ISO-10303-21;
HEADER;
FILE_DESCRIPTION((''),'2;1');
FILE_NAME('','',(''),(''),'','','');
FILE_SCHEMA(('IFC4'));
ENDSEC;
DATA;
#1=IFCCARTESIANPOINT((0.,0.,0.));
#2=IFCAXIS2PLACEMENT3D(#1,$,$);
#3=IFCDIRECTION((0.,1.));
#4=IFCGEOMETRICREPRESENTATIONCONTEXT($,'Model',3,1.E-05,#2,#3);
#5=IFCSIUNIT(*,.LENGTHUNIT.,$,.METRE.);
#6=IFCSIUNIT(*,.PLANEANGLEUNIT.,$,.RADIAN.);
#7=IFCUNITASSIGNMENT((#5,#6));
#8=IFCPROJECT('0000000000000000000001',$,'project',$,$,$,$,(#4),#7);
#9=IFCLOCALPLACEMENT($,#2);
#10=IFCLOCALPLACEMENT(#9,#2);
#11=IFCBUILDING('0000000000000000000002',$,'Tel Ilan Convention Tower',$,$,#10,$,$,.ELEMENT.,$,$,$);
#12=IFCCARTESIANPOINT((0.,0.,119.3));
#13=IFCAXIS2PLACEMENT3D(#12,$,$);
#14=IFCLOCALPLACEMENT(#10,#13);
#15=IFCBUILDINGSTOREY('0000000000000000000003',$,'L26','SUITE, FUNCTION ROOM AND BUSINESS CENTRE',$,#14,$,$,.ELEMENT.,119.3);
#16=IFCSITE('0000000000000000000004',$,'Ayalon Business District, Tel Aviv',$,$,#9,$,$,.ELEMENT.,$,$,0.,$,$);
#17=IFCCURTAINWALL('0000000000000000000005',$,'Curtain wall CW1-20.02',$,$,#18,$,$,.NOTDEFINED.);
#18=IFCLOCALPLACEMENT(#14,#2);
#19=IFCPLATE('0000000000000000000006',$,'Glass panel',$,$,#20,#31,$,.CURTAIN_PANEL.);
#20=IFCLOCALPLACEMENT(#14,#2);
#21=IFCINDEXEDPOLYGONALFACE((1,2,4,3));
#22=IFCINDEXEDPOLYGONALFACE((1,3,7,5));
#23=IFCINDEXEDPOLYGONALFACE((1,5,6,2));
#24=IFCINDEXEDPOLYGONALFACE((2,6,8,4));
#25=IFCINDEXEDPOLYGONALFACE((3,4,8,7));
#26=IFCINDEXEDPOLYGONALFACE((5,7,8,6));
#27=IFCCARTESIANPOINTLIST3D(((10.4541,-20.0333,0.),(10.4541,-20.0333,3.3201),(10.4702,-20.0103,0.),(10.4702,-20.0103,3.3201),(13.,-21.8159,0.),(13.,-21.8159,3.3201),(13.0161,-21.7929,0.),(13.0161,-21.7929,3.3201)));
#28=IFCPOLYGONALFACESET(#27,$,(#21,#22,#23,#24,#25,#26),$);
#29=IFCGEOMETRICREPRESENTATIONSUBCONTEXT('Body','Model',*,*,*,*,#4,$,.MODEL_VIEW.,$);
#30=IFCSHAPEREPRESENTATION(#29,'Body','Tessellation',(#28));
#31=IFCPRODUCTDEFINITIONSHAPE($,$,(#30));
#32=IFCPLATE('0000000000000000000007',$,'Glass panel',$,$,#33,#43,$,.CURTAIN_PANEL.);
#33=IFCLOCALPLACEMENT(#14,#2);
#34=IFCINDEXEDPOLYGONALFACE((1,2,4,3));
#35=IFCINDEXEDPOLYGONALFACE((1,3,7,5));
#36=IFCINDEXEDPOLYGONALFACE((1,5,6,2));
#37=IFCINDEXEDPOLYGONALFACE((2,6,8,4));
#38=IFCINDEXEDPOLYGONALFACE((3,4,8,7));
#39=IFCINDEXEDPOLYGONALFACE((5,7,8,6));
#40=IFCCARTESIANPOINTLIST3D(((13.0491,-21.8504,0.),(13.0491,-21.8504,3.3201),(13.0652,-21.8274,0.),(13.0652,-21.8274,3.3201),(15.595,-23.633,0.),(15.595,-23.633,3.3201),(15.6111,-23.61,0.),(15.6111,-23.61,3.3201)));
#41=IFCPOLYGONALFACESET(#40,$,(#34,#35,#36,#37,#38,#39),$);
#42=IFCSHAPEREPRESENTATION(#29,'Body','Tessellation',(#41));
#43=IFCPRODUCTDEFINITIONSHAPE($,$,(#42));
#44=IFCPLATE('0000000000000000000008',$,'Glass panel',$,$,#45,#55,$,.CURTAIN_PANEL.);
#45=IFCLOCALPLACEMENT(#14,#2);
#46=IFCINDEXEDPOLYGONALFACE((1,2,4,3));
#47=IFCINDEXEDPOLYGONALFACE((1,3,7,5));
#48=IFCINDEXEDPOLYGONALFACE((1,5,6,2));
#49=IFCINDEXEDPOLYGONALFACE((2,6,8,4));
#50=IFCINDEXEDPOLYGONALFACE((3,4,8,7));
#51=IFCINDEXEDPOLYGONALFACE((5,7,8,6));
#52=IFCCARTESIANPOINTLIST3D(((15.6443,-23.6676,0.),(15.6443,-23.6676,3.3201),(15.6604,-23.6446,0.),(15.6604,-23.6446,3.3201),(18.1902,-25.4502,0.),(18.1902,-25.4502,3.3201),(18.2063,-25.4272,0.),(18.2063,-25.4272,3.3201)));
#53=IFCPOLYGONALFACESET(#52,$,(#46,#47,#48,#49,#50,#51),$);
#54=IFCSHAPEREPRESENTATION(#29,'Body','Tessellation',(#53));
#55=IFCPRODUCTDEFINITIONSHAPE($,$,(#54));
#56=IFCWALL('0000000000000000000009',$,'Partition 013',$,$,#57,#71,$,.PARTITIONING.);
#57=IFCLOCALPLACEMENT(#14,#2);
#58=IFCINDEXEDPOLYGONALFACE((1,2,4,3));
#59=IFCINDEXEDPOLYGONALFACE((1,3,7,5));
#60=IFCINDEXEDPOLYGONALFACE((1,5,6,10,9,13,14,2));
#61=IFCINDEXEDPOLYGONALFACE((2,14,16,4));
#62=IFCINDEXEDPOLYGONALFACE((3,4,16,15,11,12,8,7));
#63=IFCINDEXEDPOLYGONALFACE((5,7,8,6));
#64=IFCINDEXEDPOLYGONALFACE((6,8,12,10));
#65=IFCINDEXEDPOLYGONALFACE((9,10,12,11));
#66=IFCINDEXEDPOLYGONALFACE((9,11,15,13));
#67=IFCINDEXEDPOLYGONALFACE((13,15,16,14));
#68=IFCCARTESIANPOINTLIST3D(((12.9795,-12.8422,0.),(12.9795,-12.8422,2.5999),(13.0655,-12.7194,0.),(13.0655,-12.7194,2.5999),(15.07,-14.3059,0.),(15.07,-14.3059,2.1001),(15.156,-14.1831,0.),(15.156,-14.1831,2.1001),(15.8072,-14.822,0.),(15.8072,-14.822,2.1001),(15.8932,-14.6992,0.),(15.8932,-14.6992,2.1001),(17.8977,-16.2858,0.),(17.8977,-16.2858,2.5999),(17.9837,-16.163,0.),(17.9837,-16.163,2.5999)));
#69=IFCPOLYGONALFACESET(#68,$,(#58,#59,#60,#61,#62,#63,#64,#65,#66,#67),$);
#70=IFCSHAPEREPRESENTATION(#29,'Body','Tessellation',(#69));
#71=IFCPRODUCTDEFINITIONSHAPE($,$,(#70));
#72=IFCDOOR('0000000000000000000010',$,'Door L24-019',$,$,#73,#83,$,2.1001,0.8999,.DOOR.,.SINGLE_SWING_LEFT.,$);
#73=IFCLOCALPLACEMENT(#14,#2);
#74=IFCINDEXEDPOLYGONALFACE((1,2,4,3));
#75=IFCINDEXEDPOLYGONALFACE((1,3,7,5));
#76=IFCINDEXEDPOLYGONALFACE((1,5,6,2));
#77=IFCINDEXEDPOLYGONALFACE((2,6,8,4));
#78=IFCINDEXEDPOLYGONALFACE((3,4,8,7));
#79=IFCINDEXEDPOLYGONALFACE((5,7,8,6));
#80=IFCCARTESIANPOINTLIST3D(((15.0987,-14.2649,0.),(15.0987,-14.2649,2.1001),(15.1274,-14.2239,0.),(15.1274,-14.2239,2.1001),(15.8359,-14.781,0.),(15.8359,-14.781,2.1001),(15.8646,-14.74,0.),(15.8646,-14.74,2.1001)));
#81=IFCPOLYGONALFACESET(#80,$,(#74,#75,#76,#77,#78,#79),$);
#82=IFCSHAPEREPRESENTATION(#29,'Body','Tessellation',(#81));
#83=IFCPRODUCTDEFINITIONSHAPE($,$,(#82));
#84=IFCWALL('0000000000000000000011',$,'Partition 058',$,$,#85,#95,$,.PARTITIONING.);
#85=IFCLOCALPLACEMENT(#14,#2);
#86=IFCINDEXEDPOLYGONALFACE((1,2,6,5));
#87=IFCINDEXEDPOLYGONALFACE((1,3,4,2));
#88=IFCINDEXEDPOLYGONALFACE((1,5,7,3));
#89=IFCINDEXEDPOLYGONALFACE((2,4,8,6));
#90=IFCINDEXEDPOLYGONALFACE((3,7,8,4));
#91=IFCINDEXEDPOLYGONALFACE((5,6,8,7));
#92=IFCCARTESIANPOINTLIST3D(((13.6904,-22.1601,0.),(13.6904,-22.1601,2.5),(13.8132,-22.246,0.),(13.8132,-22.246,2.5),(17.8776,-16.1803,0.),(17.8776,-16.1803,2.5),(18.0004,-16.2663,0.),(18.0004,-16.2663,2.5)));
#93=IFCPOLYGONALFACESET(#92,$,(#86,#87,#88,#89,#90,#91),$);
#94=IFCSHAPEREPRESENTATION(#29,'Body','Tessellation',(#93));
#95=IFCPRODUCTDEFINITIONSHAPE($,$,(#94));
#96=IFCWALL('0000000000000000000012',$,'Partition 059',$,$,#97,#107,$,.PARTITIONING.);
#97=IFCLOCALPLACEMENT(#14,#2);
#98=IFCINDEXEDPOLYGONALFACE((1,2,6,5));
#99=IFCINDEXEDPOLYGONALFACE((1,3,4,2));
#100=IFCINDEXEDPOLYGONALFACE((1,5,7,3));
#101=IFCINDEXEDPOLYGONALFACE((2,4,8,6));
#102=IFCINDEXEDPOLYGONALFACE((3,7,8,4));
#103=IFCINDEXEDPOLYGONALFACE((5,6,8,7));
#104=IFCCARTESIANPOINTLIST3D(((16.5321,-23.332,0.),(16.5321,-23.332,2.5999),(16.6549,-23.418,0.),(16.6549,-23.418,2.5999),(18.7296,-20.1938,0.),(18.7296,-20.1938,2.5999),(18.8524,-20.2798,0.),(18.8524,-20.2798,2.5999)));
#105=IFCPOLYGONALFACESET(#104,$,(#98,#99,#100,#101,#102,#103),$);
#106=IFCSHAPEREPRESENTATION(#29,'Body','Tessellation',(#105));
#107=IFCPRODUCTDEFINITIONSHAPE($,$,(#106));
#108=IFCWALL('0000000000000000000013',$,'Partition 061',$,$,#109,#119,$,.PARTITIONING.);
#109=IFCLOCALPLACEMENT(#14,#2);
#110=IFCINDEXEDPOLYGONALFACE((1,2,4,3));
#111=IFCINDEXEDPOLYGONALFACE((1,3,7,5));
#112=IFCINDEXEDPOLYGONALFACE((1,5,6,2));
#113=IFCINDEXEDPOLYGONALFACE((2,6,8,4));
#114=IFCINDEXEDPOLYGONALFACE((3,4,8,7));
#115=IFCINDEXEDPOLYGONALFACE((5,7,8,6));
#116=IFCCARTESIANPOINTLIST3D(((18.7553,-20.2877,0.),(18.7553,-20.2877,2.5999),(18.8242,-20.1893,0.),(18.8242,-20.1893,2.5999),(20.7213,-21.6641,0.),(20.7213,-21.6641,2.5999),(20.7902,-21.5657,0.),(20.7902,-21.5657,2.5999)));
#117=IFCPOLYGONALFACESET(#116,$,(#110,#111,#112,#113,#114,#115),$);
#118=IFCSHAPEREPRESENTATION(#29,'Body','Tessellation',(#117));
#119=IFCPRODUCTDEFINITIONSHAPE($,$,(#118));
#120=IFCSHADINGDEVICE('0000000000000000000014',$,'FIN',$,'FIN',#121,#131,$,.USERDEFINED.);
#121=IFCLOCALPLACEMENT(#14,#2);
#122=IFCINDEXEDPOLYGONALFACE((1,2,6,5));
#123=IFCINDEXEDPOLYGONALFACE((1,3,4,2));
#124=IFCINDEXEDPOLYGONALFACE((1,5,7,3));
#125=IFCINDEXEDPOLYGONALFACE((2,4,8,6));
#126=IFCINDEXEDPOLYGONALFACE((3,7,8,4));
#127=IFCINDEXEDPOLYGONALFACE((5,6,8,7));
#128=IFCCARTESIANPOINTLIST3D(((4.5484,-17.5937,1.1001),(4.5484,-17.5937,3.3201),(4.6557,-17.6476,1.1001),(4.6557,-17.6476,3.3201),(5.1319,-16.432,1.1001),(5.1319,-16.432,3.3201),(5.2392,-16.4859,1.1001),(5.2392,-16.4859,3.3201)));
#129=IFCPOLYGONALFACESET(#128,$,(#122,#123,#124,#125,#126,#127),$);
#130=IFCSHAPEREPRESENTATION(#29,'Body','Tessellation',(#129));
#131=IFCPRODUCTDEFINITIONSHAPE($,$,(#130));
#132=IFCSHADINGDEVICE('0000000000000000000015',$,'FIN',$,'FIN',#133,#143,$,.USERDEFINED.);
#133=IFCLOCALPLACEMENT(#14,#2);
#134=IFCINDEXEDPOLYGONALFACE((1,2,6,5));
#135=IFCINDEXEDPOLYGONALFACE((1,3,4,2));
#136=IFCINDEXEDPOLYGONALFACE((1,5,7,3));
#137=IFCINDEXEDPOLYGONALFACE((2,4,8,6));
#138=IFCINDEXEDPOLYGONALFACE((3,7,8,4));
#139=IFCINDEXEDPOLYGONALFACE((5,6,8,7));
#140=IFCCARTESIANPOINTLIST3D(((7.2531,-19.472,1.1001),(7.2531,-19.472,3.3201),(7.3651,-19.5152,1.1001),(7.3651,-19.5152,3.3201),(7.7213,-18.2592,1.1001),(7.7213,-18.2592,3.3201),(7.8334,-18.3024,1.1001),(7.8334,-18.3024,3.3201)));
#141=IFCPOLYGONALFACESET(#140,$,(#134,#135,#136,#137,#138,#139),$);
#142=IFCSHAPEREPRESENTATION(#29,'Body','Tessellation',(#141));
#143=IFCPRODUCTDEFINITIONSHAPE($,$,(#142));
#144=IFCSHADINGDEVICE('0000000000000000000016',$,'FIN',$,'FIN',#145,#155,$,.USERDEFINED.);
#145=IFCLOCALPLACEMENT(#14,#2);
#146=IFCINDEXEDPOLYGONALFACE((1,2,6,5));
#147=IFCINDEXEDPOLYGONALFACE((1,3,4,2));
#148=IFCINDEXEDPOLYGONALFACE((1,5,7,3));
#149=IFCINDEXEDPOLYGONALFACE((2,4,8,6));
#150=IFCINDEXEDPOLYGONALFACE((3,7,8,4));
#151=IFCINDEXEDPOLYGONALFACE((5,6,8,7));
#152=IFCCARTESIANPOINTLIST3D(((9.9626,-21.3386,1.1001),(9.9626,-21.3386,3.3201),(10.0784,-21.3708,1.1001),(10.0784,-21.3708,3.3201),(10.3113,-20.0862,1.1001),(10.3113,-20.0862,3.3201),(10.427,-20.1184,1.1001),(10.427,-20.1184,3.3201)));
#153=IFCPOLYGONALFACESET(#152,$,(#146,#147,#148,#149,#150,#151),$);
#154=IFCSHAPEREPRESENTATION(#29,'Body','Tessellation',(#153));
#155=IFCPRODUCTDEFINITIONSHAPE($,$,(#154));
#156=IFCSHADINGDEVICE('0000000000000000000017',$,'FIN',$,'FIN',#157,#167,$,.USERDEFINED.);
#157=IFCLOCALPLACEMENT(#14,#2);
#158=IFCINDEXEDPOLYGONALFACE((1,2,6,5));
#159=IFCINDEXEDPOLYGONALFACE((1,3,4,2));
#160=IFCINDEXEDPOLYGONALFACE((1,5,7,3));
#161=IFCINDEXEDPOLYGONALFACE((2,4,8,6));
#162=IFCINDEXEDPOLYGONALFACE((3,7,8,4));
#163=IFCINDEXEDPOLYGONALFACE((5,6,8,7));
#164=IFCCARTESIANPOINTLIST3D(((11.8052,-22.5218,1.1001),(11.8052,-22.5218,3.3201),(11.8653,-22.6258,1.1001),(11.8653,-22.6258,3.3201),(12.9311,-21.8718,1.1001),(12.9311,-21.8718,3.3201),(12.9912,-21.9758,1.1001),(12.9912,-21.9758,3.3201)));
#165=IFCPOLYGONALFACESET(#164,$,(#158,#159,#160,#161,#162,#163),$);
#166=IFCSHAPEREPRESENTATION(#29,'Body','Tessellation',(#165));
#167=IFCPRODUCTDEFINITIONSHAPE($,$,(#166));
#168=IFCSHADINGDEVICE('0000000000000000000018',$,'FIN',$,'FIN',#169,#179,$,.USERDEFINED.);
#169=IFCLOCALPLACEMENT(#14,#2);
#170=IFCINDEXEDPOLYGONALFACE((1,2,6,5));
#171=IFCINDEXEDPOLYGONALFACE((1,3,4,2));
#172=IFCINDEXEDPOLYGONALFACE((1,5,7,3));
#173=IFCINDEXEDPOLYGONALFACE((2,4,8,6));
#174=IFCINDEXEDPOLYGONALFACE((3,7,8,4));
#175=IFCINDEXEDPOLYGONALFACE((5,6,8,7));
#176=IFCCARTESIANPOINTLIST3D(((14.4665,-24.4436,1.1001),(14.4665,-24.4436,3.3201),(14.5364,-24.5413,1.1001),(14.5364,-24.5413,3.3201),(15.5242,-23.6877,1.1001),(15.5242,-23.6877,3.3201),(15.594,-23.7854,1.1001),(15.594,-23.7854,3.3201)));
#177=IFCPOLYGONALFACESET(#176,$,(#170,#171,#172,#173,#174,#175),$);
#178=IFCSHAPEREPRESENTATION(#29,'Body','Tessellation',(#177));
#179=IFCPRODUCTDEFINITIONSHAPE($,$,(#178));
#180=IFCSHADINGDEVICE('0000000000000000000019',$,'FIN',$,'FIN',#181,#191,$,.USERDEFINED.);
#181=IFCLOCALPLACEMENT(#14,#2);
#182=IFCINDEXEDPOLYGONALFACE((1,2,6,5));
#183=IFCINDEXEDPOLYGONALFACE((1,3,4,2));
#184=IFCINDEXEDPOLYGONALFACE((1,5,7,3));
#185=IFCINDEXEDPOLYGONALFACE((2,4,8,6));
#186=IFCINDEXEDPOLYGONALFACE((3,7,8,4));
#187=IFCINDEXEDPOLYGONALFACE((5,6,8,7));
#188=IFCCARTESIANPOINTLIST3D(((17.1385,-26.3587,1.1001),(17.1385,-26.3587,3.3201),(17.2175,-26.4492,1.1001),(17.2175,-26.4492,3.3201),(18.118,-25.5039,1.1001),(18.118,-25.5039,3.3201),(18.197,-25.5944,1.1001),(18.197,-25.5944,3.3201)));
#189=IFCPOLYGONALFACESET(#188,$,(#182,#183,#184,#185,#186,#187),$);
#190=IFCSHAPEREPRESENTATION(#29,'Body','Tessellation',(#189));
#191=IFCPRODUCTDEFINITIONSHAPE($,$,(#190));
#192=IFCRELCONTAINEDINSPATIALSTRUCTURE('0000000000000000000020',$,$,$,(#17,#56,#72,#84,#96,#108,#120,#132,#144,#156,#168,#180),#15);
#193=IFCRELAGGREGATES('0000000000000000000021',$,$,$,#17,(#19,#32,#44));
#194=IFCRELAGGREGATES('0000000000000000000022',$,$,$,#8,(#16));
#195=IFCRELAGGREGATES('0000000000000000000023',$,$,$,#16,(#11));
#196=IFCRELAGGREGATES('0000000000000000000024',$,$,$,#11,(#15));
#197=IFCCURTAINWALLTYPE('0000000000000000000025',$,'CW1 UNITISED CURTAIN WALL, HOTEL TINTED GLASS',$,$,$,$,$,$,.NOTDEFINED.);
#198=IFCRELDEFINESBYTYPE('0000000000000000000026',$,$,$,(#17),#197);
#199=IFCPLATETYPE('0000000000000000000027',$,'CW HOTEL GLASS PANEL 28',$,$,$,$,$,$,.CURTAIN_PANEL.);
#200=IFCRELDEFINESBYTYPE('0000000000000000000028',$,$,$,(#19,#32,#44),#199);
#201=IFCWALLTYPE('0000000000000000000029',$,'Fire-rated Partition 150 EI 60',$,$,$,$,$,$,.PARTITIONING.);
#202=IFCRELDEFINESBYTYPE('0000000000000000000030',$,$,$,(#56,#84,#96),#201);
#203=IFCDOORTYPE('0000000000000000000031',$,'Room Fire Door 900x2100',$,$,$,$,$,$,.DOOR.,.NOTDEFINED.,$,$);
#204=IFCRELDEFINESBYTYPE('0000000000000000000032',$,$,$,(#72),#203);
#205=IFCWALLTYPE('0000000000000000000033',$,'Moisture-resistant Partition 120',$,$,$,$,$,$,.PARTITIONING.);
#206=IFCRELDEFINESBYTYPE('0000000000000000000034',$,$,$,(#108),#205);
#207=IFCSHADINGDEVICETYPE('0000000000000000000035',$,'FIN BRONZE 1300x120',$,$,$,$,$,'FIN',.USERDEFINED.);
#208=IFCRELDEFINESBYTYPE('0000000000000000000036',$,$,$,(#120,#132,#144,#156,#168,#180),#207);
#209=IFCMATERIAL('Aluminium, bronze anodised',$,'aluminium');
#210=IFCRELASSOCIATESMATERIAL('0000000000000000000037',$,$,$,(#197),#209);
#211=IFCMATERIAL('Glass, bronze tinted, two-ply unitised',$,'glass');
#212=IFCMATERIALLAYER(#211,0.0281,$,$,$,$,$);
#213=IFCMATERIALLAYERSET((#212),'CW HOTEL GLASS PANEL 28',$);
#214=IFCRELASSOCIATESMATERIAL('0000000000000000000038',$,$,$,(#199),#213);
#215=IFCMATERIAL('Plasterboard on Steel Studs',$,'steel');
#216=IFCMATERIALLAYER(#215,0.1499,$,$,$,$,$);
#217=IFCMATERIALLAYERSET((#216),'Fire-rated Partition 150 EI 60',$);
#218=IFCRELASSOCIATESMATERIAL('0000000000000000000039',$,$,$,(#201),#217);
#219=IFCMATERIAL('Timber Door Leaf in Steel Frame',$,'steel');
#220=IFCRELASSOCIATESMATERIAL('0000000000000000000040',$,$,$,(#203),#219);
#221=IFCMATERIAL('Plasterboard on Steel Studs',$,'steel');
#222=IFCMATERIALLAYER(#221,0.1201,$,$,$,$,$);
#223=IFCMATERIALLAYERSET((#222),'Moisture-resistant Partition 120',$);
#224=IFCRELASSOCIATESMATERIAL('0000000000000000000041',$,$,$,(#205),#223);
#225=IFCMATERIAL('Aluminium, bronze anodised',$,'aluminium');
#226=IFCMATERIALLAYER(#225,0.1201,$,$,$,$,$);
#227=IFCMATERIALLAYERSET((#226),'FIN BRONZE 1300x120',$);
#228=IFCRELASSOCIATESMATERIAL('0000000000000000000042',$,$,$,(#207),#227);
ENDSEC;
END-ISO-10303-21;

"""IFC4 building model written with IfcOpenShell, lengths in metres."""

from ifc_helpers import new_model, si_unit, direction, frame, frame_2d, origin, origin_2d, place, context, subcontext, project, spatial, rectangle, extrude, material, layer, layer_set, type_object, element, fill, aggregate, save


model = new_model("IFC4")

# Units and contexts
model_context = context("Model", 3, precision=1e-05, world=origin(), true_north=direction((0.0, 1.0)))
body_context = subcontext(model_context, "Body", "Model", "MODEL_VIEW")
ifc_project = project(units=[si_unit("LENGTHUNIT", "METRE"), si_unit("PLANEANGLEUNIT", "RADIAN")], contexts=[model_context])

# Site, building, storey
site_placement = place(None, origin())
site = spatial("IfcSite", under=ifc_project, at=site_placement, Name="Ayalon Business District, Tel Aviv", CompositionType="ELEMENT", RefElevation=0.0)
building_placement = place(site_placement, origin())
building = spatial("IfcBuilding", under=site, at=building_placement, Name="Tel Ilan Convention Tower", CompositionType="ELEMENT")
storey_placement = place(building_placement, frame((0.0, 0.0, 119.3)))
storey = spatial("IfcBuildingStorey", under=building, at=storey_placement, Name="L26", Description="SUITE, FUNCTION ROOM AND BUSINESS CENTRE", CompositionType="ELEMENT", Elevation=119.3)

# Curtain wall, plates
ifc_material_1 = material(Name="Aluminium, bronze anodised", Category="aluminium")
curtain_wall_type = type_object("IfcCurtainWallType", Name="CW1 UNITISED CURTAIN WALL, HOTEL TINTED GLASS", PredefinedType="NOTDEFINED", material=ifc_material_1)
curtain_wall_placement = place(storey_placement, origin())
curtain_wall = element("IfcCurtainWall", 1, at=curtain_wall_placement, inside=storey, type_object=curtain_wall_type, Name="Curtain wall CW1-20.02", PredefinedType="NOTDEFINED")
ifc_material_2 = material(Name="Glass, bronze tinted, two-ply unitised", Category="glass")
ifc_layer_1 = layer(ifc_material_2, 0.0281)
ifc_layer_set_1 = layer_set([ifc_layer_1], Name="CW HOTEL GLASS PANEL 28")
plate_type = type_object("IfcPlateType", Name="CW HOTEL GLASS PANEL 28", PredefinedType="CURTAIN_PANEL", material=ifc_layer_set_1)
plate_1_placement = place(storey_placement, frame((11.7351, -20.9131, 0.0), z_axis=(0.0, 0.0, 1.0), x_axis=(0.819152, -0.573576, 0.0)))
plate_1 = element("IfcPlate", 2, at=plate_1_placement, type_object=plate_type, Name="Glass panel", PredefinedType="CURTAIN_PANEL", context=body_context, shape_type="SweptSolid", body=[
    extrude(rectangle(XDim=3.1079, YDim=0.0281, at=origin_2d()), origin(), (0.0, 0.0, 1.0), 3.3201),
])
plate_2_placement = place(storey_placement, frame((14.3301, -22.7302, 0.0), z_axis=(0.0, 0.0, 1.0), x_axis=(0.819152, -0.573576, 0.0)))
plate_2 = element("IfcPlate", 3, at=plate_2_placement, type_object=plate_type, Name="Glass panel", PredefinedType="CURTAIN_PANEL", context=body_context, shape_type="SweptSolid", body=[
    extrude(rectangle(XDim=3.1079, YDim=0.0281, at=origin_2d()), origin(), (0.0, 0.0, 1.0), 3.3201),
])
plate_3_placement = place(storey_placement, frame((16.9253, -24.5474, 0.0), z_axis=(0.0, 0.0, 1.0), x_axis=(0.819152, -0.573576, 0.0)))
plate_3 = element("IfcPlate", 4, at=plate_3_placement, type_object=plate_type, Name="Glass panel", PredefinedType="CURTAIN_PANEL", context=body_context, shape_type="SweptSolid", body=[
    extrude(rectangle(XDim=3.1079, YDim=0.0281, at=origin_2d()), origin(), (0.0, 0.0, 1.0), 3.3201),
])
aggregate(curtain_wall, [plate_1, plate_2, plate_3])

# Wall, opening, door
ifc_material_3 = material(Name="Plasterboard on Steel Studs", Category="steel")
ifc_layer_2 = layer(ifc_material_3, 0.1499)
ifc_layer_set_2 = layer_set([ifc_layer_2], Name="Fire-rated Partition 150 EI 60")
wall_type_1 = type_object("IfcWallType", Name="Fire-rated Partition 150 EI 60", PredefinedType="PARTITIONING", material=ifc_layer_set_2)
wall_1_placement = place(storey_placement, frame((17.9407, -16.2244, 0.0), z_axis=(0.0, 0.0, 1.0), x_axis=(-0.819165, 0.573558, 0.0)))
wall_1 = element("IfcWall", 5, at=wall_1_placement, inside=storey, type_object=wall_type_1, Name="Partition 013", PredefinedType="PARTITIONING", context=body_context, shape_type="SweptSolid", body=[
    extrude(rectangle(XDim=6.0039, YDim=0.1499, at=frame_2d((3.002, 0.0))), origin(), (0.0, 0.0, 1.0), 2.5999),
])
opening_placement = place(wall_1_placement, frame((2.552, 0.0, 0.0)))
opening = element("IfcOpeningElement", 6, at=opening_placement, cuts=wall_1, PredefinedType="OPENING", context=body_context, shape_type="SweptSolid", body=[
    extrude(rectangle(XDim=0.8999, YDim=2.1001, at=frame_2d((0.45, 1.05))), frame((0.0, 0.085, 0.0), z_axis=(0.0, -1.0, 0.0), x_axis=(1.0, 0.0, 0.0)), (0.0, 0.0, 1.0), 0.1699),
])
ifc_material_4 = material(Name="Timber Door Leaf in Steel Frame", Category="steel")
door_type = type_object("IfcDoorType", Name="Room Fire Door 900x2100", OperationType="NOTDEFINED", PredefinedType="DOOR", material=ifc_material_4)
door_placement = place(opening_placement, origin())
door = element("IfcDoor", 7, at=door_placement, inside=storey, type_object=door_type, Name="Door L24-019", OperationType="SINGLE_SWING_LEFT", OverallHeight=2.1001, OverallWidth=0.8999, PredefinedType="DOOR", context=body_context, shape_type="SweptSolid", body=[
    extrude(rectangle(XDim=0.8999, YDim=2.1001, at=frame_2d((0.45, 1.05))), frame((0.0, 0.0249, 0.0), z_axis=(0.0, -1.0, 0.0), x_axis=(1.0, 0.0, 0.0)), (0.0, 0.0, 1.0), 0.05),
])
fill(opening, door)

# Walls
wall_2_placement = place(storey_placement, frame((17.939, -16.2234, 0.0), z_axis=(0.0, 0.0, 1.0), x_axis=(-0.573595, -0.819139, 0.0)))
element("IfcWall", 8, at=wall_2_placement, inside=storey, type_object=wall_type_1, Name="Partition 058", PredefinedType="PARTITIONING", context=body_context, shape_type="SweptSolid", body=[
    extrude(rectangle(XDim=7.3, YDim=0.1499, at=frame_2d((3.6499, 0.0))), origin(), (0.0, 0.0, 1.0), 2.5),
])
wall_3_placement = place(storey_placement, frame((18.791, -20.2368, 0.0), z_axis=(0.0, 0.0, 1.0), x_axis=(-0.573599, -0.819136, 0.0)))
element("IfcWall", 9, at=wall_3_placement, inside=storey, type_object=wall_type_1, Name="Partition 059", PredefinedType="PARTITIONING", context=body_context, shape_type="SweptSolid", body=[
    extrude(rectangle(XDim=3.8311, YDim=0.1499, at=frame_2d((1.9155, 0.0))), origin(), (0.0, 0.0, 1.0), 2.5999),
])
ifc_material_5 = material(Name="Plasterboard on Steel Studs", Category="steel")
ifc_layer_3 = layer(ifc_material_5, 0.1201)
ifc_layer_set_3 = layer_set([ifc_layer_3], Name="Moisture-resistant Partition 120")
wall_type_2 = type_object("IfcWallType", Name="Moisture-resistant Partition 120", PredefinedType="PARTITIONING", material=ifc_layer_set_3)
wall_4_placement = place(storey_placement, frame((18.7898, -20.2385, 0.0), z_axis=(0.0, 0.0, 1.0), x_axis=(0.819189, -0.573524, 0.0)))
element("IfcWall", 10, at=wall_4_placement, inside=storey, type_object=wall_type_2, Name="Partition 061", PredefinedType="PARTITIONING", context=body_context, shape_type="SweptSolid", body=[
    extrude(rectangle(XDim=2.3999, YDim=0.1201, at=frame_2d((1.2, 0.0))), origin(), (0.0, 0.0, 1.0), 2.5999),
])

# Shading devices
ifc_material_6 = material(Name="Aluminium, bronze anodised", Category="aluminium")
ifc_layer_4 = layer(ifc_material_6, 0.1201)
ifc_layer_set_4 = layer_set([ifc_layer_4], Name="FIN BRONZE 1300x120")
shading_device_type = type_object("IfcShadingDeviceType", Name="FIN BRONZE 1300x120", ElementType="FIN", PredefinedType="USERDEFINED", material=ifc_layer_set_4)
for number, where, z_axis, x_axis, name in (
    (11, (4.8938, -17.0398, 1.1001), (0.0, 0.0, 1.0), (-0.448799, -0.893633, 0.0), "FIN"),
    (12, (7.5432, -18.8872, 1.1001), (0.0, 0.0, 1.0), (-0.360178, -0.932884, 0.0), "FIN"),
    (13, (10.1948, -20.7285, 1.1001), (0.0, 0.0, 1.0), (-0.268173, -0.963371, 0.0), "FIN"),
    (14, (12.3982, -22.2488, 1.1001), (0.0, 0.0, 1.0), (-0.866025, -0.5, 0.0), "FIN"),
    (15, (15.0303, -24.1145, 1.1001), (0.0, 0.0, 1.0), (-0.813552, -0.581492, 0.0), "FIN"),
    (16, (17.6677, -25.9766, 1.1001), (0.0, 0.0, 1.0), (-0.753436, -0.657521, 0.0), "FIN"),
):
    element("IfcShadingDevice", number, at=place(storey_placement, frame(where, z_axis=z_axis, x_axis=x_axis)), inside=storey, type_object=shading_device_type, Name=name, ObjectType="FIN", PredefinedType="USERDEFINED", context=body_context, shape_type="SweptSolid", body=[
        extrude(rectangle(XDim=1.3, YDim=0.1201, at=origin_2d()), origin(), (0.0, 0.0, 1.0), 2.22),
    ])

save(model, "model.ifc")
